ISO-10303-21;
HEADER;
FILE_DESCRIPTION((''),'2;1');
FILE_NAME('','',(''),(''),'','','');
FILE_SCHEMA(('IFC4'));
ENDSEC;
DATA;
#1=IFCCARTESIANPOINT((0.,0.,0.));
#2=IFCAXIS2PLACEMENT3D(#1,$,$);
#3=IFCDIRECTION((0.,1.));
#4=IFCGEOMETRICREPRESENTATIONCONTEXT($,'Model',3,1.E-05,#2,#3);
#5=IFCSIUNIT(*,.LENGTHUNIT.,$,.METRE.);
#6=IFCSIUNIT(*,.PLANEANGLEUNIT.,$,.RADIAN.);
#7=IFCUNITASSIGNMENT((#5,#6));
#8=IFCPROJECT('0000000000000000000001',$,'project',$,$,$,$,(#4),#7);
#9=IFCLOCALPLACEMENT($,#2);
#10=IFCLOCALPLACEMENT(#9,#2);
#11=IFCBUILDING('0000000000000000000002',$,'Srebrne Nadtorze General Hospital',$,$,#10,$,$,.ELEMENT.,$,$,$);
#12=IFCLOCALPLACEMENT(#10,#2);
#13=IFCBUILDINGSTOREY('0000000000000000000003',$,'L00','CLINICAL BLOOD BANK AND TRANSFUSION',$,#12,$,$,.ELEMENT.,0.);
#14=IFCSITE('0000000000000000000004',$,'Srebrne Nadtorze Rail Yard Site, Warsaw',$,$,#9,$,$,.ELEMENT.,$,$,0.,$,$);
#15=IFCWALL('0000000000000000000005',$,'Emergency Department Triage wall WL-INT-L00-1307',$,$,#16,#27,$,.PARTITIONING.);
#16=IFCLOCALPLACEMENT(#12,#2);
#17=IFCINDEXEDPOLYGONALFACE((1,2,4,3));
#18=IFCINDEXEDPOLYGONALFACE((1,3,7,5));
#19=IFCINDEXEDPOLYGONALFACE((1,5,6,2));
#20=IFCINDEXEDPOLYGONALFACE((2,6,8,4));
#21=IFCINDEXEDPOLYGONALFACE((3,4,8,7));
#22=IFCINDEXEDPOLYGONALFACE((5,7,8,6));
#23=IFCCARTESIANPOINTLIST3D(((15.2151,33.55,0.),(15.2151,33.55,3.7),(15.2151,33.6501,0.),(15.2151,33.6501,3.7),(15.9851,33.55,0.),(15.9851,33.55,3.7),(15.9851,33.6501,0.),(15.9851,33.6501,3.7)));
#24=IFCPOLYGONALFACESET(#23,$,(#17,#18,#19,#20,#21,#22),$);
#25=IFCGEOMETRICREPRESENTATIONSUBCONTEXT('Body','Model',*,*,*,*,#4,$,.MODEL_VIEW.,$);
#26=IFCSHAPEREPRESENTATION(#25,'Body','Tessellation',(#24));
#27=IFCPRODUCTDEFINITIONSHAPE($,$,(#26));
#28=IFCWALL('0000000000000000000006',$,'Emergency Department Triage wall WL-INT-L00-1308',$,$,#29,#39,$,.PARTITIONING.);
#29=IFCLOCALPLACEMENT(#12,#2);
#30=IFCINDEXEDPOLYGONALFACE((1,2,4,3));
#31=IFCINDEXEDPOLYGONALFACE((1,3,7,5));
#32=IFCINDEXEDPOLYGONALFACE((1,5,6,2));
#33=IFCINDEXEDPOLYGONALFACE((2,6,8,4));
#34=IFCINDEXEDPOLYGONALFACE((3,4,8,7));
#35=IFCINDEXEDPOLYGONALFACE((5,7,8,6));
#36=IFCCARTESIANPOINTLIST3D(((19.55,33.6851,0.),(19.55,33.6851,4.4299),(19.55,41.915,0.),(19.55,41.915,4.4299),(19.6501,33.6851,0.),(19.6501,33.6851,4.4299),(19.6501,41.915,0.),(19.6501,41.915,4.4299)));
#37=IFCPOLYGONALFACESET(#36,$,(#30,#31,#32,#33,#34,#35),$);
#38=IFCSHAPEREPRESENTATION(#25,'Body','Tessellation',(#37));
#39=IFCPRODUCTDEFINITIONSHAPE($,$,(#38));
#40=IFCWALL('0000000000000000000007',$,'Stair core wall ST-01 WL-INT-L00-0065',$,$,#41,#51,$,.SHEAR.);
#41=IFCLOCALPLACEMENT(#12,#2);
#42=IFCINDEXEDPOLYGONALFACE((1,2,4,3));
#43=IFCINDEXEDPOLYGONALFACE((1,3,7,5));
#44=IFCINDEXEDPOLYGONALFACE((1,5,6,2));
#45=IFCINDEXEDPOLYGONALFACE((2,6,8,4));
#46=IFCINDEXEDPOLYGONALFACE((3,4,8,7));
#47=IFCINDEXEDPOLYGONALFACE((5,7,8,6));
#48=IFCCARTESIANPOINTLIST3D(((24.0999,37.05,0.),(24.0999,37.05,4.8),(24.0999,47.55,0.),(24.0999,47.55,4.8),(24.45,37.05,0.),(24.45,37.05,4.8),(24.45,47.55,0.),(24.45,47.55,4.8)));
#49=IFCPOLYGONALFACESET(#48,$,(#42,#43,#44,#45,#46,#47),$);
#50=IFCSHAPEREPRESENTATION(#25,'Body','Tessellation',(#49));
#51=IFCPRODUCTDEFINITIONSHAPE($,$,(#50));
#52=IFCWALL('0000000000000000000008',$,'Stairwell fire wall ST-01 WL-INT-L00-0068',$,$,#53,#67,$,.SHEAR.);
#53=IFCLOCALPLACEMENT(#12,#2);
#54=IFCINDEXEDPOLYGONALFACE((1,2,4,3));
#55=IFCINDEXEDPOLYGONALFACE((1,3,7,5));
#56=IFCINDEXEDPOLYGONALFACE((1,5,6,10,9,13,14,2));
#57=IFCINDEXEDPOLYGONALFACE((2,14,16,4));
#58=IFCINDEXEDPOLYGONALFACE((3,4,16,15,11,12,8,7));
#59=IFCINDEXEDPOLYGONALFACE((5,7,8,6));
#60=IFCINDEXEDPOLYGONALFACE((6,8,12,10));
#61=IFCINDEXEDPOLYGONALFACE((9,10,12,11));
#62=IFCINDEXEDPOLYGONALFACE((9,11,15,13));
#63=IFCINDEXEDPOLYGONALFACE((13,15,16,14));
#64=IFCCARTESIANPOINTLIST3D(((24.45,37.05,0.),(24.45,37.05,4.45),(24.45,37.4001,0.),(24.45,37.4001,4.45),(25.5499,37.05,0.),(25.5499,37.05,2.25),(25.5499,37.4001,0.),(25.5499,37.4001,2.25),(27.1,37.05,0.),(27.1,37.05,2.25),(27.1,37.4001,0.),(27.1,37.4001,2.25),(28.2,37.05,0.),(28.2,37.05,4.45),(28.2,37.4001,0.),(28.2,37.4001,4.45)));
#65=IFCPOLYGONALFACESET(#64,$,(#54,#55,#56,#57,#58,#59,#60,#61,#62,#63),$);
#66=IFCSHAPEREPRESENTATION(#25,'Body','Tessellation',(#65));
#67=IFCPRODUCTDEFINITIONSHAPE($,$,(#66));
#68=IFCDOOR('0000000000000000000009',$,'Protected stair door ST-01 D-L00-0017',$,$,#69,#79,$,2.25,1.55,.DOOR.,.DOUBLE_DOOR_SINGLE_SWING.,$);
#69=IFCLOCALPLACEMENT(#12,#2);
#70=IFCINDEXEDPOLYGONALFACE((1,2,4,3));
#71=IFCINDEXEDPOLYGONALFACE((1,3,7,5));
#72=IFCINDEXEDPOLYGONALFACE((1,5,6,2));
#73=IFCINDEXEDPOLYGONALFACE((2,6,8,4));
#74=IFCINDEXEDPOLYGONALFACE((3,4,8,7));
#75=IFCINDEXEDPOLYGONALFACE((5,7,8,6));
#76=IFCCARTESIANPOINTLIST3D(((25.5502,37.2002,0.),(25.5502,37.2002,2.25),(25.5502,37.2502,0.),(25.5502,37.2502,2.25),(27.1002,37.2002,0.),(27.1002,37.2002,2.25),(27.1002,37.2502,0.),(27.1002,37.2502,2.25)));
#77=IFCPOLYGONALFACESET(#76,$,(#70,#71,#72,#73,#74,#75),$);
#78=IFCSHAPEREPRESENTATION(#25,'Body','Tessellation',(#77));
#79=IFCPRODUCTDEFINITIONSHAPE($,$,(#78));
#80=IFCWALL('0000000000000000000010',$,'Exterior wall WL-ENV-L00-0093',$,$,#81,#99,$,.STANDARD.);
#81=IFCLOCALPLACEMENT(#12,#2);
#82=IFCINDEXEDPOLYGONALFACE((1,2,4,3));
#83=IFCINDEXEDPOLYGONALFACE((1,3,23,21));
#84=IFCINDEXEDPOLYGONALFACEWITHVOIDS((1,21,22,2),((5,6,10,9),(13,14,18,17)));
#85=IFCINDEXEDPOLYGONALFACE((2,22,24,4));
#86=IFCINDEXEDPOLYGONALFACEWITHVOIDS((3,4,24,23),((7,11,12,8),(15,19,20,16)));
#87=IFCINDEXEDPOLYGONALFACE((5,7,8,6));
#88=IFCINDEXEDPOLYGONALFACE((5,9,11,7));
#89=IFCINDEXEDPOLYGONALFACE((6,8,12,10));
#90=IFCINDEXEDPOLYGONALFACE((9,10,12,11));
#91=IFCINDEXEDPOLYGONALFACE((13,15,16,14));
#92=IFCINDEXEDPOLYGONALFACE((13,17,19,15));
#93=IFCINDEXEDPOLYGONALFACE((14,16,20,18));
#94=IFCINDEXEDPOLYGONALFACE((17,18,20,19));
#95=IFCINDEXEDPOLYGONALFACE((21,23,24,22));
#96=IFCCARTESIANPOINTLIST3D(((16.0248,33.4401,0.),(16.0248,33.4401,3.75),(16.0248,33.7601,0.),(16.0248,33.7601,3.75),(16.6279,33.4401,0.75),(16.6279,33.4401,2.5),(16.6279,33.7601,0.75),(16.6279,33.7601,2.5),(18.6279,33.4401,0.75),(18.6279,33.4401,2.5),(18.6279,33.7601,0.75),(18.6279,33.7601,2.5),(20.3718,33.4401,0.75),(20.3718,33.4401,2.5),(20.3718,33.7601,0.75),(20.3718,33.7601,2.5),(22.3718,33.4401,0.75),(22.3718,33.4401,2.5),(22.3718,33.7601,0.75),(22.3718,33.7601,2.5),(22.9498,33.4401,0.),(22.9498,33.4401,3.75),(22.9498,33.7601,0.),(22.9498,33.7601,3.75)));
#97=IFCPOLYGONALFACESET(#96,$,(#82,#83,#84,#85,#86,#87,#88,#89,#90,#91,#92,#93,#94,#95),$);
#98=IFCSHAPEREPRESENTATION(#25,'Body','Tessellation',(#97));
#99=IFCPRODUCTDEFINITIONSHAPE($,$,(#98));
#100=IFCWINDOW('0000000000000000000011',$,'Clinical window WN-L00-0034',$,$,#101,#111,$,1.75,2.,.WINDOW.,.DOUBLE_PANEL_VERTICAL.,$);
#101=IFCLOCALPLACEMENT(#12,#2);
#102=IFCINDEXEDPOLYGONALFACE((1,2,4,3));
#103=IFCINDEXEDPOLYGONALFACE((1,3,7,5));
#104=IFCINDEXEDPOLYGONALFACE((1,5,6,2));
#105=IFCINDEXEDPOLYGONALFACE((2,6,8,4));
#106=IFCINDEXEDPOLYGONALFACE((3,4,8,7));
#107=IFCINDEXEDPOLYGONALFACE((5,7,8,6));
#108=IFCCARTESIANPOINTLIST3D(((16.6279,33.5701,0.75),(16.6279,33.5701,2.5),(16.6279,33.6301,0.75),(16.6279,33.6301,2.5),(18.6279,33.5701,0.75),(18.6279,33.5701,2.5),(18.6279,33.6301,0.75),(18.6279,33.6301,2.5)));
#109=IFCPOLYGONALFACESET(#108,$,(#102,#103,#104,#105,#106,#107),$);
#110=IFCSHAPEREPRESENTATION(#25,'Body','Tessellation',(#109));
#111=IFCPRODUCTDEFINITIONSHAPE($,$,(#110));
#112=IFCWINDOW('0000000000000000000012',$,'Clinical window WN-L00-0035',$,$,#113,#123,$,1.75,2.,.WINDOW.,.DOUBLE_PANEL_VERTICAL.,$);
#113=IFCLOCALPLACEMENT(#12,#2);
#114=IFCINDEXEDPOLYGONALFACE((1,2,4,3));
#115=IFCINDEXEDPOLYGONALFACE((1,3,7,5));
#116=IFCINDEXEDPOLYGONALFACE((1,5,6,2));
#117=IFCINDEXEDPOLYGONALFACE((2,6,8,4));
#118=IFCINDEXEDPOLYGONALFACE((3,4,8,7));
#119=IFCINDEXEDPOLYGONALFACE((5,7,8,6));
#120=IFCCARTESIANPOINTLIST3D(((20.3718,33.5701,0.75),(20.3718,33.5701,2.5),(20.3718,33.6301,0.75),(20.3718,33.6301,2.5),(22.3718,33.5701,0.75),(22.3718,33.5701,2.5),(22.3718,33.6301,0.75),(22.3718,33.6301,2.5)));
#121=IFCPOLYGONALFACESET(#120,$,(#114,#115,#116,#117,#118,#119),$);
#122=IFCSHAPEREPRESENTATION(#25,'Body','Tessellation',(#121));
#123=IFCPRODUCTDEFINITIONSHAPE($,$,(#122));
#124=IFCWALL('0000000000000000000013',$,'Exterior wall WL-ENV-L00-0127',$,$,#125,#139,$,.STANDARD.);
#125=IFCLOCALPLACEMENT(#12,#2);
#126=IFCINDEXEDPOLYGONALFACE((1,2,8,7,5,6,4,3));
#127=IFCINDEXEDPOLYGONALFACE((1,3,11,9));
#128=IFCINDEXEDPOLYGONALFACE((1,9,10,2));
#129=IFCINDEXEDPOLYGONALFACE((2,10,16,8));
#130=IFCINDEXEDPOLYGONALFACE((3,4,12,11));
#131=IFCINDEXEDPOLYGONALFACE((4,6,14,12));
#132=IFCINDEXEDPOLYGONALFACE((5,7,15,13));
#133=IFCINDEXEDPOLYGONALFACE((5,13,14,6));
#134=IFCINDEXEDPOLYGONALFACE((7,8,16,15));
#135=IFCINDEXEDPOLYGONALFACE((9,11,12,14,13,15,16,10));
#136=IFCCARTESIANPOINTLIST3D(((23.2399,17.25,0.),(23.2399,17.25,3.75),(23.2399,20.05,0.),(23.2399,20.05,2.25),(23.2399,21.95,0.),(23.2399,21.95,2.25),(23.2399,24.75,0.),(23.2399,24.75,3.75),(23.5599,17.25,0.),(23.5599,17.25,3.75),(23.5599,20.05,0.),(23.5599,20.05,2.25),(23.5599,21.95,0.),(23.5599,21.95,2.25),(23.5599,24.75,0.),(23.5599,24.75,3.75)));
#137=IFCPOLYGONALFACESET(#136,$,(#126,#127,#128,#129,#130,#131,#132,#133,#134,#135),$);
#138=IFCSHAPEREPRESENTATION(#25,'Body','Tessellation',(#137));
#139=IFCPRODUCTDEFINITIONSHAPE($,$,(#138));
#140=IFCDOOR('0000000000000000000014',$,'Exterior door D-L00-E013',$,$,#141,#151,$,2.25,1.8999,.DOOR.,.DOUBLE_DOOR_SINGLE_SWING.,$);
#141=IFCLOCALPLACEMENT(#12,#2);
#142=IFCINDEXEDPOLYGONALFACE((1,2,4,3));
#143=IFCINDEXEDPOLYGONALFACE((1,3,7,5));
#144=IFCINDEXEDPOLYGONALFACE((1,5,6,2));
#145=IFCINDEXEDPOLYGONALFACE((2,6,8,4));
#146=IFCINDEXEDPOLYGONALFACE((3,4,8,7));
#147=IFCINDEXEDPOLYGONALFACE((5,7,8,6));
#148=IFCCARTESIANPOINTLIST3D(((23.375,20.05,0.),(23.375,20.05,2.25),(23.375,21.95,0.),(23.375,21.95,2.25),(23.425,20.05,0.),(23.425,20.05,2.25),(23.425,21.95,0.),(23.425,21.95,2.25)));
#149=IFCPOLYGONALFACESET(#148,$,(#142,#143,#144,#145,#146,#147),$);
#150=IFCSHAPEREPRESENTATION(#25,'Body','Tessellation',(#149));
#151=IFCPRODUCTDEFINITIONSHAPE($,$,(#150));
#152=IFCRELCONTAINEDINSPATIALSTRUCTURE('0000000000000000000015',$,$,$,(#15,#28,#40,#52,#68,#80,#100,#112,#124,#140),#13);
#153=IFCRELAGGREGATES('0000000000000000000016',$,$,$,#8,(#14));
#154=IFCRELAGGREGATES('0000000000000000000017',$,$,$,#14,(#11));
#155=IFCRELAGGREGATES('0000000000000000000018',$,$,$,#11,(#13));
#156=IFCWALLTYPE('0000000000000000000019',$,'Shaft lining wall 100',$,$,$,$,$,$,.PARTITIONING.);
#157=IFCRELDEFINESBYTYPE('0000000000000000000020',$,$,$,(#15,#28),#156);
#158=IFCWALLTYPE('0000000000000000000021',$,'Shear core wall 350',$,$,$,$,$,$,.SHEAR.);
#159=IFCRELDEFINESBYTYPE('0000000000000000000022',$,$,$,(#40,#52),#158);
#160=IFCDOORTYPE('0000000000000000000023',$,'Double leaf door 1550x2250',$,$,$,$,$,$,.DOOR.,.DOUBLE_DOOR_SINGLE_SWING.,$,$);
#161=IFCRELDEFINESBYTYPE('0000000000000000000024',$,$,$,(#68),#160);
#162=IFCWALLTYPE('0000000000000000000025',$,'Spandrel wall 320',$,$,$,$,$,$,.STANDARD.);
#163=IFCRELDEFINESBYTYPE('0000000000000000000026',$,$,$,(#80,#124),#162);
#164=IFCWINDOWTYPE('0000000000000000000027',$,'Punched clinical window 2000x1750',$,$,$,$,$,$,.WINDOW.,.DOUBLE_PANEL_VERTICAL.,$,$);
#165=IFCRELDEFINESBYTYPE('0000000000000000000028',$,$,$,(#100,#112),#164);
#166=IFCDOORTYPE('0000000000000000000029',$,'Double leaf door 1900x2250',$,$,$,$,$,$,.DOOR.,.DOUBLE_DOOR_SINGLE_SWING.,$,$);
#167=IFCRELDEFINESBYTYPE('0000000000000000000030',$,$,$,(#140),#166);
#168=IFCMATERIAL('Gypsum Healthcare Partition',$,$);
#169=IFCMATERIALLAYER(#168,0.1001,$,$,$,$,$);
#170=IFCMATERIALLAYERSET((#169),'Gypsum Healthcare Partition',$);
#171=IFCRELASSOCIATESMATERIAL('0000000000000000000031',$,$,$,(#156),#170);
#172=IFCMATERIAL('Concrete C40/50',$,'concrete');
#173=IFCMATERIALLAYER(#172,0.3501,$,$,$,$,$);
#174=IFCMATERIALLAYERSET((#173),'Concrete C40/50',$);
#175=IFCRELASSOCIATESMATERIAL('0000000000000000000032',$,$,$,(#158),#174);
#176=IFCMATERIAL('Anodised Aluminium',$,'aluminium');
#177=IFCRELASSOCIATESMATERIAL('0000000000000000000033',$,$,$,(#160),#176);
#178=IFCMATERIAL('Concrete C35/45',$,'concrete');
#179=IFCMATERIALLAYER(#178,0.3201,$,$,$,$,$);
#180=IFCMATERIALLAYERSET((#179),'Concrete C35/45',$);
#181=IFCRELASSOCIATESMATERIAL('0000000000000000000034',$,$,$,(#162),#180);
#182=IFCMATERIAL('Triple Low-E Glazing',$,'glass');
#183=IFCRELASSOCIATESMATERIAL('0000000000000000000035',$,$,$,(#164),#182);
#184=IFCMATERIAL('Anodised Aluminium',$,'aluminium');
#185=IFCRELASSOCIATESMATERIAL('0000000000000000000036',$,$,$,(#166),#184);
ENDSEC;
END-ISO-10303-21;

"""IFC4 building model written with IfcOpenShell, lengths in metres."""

from ifc_helpers import new_model, si_unit, direction, frame, frame_2d, origin, place, context, subcontext, project, spatial, rectangle, extrude, material, layer, layer_set, type_object, element, fill, save


model = new_model("IFC4")

# Units and contexts
model_context = context("Model", 3, precision=1e-05, world=origin(), true_north=direction((0.0, 1.0)))
body_context = subcontext(model_context, "Body", "Model", "MODEL_VIEW")
ifc_project = project(units=[si_unit("LENGTHUNIT", "METRE"), si_unit("PLANEANGLEUNIT", "RADIAN")], contexts=[model_context])

# Site, building, storey
site_placement = place(None, origin())
site = spatial("IfcSite", under=ifc_project, at=site_placement, Name="Srebrne Nadtorze Rail Yard Site, Warsaw", CompositionType="ELEMENT", RefElevation=0.0)
building_placement = place(site_placement, origin())
building = spatial("IfcBuilding", under=site, at=building_placement, Name="Srebrne Nadtorze General Hospital", CompositionType="ELEMENT")
storey_placement = place(building_placement, origin())
storey = spatial("IfcBuildingStorey", under=building, at=storey_placement, Name="L00", Description="CLINICAL BLOOD BANK AND TRANSFUSION", CompositionType="ELEMENT", Elevation=0.0)

# Walls
ifc_material_1 = material(Name="Gypsum Healthcare Partition")
ifc_layer_1 = layer(ifc_material_1, 0.1001)
ifc_layer_set_1 = layer_set([ifc_layer_1], Name="Gypsum Healthcare Partition")
wall_type_1 = type_object("IfcWallType", Name="Shaft lining wall 100", PredefinedType="PARTITIONING", material=ifc_layer_set_1)
wall_1_placement = place(storey_placement, frame((15.2151, 33.6001, 0.0), z_axis=(0.0, 0.0, 1.0), x_axis=(1.0, 0.0, 0.0)))
element("IfcWall", 1, at=wall_1_placement, inside=storey, type_object=wall_type_1, Name="Emergency Department Triage wall WL-INT-L00-1307", PredefinedType="PARTITIONING", context=body_context, shape_type="SweptSolid", body=[
    extrude(rectangle(XDim=0.77, YDim=0.1001, at=frame_2d((0.385, 0.0))), origin(), (0.0, 0.0, 1.0), 3.7),
])
wall_2_placement = place(storey_placement, frame((19.6001, 33.6851, 0.0), z_axis=(0.0, 0.0, 1.0), x_axis=(0.0, 1.0, 0.0)))
element("IfcWall", 2, at=wall_2_placement, inside=storey, type_object=wall_type_1, Name="Emergency Department Triage wall WL-INT-L00-1308", PredefinedType="PARTITIONING", context=body_context, shape_type="SweptSolid", body=[
    extrude(rectangle(XDim=8.23, YDim=0.1001, at=frame_2d((4.115, 0.0))), origin(), (0.0, 0.0, 1.0), 4.4299),
])
ifc_material_2 = material(Name="Concrete C40/50", Category="concrete")
ifc_layer_2 = layer(ifc_material_2, 0.3501)
ifc_layer_set_2 = layer_set([ifc_layer_2], Name="Concrete C40/50")
wall_type_2 = type_object("IfcWallType", Name="Shear core wall 350", PredefinedType="SHEAR", material=ifc_layer_set_2)
wall_3_placement = place(storey_placement, frame((24.2749, 37.05, 0.0), z_axis=(0.0, 0.0, 1.0), x_axis=(0.0, 1.0, 0.0)))
element("IfcWall", 3, at=wall_3_placement, inside=storey, type_object=wall_type_2, Name="Stair core wall ST-01 WL-INT-L00-0065", PredefinedType="SHEAR", context=body_context, shape_type="SweptSolid", body=[
    extrude(rectangle(XDim=10.5, YDim=0.3501, at=frame_2d((5.25, 0.0))), origin(), (0.0, 0.0, 1.0), 4.8),
])

# Wall, opening, door
wall_4_placement = place(storey_placement, frame((24.45, 37.2251, 0.0), z_axis=(0.0, 0.0, 1.0), x_axis=(1.0, 0.0, 0.0)))
wall_4 = element("IfcWall", 4, at=wall_4_placement, inside=storey, type_object=wall_type_2, Name="Stairwell fire wall ST-01 WL-INT-L00-0068", PredefinedType="SHEAR", context=body_context, shape_type="SweptSolid", body=[
    extrude(rectangle(XDim=3.75, YDim=0.3501, at=frame_2d((1.875, 0.0))), origin(), (0.0, 0.0, 1.0), 4.45),
])
opening_1_placement = place(wall_4_placement, frame((1.1001, 0.0, 0.0)))
opening_1 = element("IfcOpeningElement", 5, at=opening_1_placement, cuts=wall_4, PredefinedType="OPENING", context=body_context, shape_type="SweptSolid", body=[
    extrude(rectangle(XDim=1.55, YDim=2.25, at=frame_2d((0.7749, 1.125))), frame((0.0, 0.187, 0.0), z_axis=(0.0, -1.0, 0.0), x_axis=(1.0, 0.0, 0.0)), (0.0, 0.0, 1.0), 0.374),
])
ifc_material_3 = material(Name="Anodised Aluminium", Category="aluminium")
door_type_1 = type_object("IfcDoorType", Name="Double leaf door 1550x2250", OperationType="DOUBLE_DOOR_SINGLE_SWING", PredefinedType="DOOR", material=ifc_material_3)
door_1_placement = place(opening_1_placement, frame((1.55, 0.0, 0.0), z_axis=(0.0, 0.0, 1.0), x_axis=(-1.0, 0.0, 0.0)))
door_1 = element("IfcDoor", 6, at=door_1_placement, inside=storey, type_object=door_type_1, Name="Protected stair door ST-01 D-L00-0017", OperationType="DOUBLE_DOOR_SINGLE_SWING", OverallHeight=2.25, OverallWidth=1.55, PredefinedType="DOOR", context=body_context, shape_type="SweptSolid", body=[
    extrude(rectangle(XDim=1.55, YDim=2.25, at=frame_2d((0.7749, 1.125))), frame((0.0, 0.0249, 0.0), z_axis=(0.0, -1.0, 0.0), x_axis=(1.0, 0.0, 0.0)), (0.0, 0.0, 1.0), 0.05),
])
fill(opening_1, door_1)

# Wall, openings, windows
ifc_material_4 = material(Name="Concrete C35/45", Category="concrete")
ifc_layer_3 = layer(ifc_material_4, 0.3201)
ifc_layer_set_3 = layer_set([ifc_layer_3], Name="Concrete C35/45")
wall_type_3 = type_object("IfcWallType", Name="Spandrel wall 320", PredefinedType="STANDARD", material=ifc_layer_set_3)
wall_5_placement = place(storey_placement, frame((16.0249, 33.6001, 0.0), z_axis=(0.0, 0.0, 1.0), x_axis=(1.0, 0.0, 0.0)))
wall_5 = element("IfcWall", 7, at=wall_5_placement, inside=storey, type_object=wall_type_3, Name="Exterior wall WL-ENV-L00-0093", PredefinedType="STANDARD", context=body_context, shape_type="SweptSolid", body=[
    extrude(rectangle(XDim=6.925, YDim=0.3201, at=frame_2d((3.4624, 0.0))), origin(), (0.0, 0.0, 1.0), 3.75),
])
opening_2_placement = place(wall_5_placement, frame((0.603, 0.0, 0.75)))
opening_2 = element("IfcOpeningElement", 8, at=opening_2_placement, cuts=wall_5, PredefinedType="OPENING", context=body_context, shape_type="SweptSolid", body=[
    extrude(rectangle(XDim=2.0, YDim=1.75, at=frame_2d((1.0, 0.875))), frame((0.0, 0.1719, 0.0), z_axis=(0.0, -1.0, 0.0), x_axis=(1.0, 0.0, 0.0)), (0.0, 0.0, 1.0), 0.344),
])
opening_3_placement = place(wall_5_placement, frame((4.3469, 0.0, 0.75)))
opening_3 = element("IfcOpeningElement", 9, at=opening_3_placement, cuts=wall_5, PredefinedType="OPENING", context=body_context, shape_type="SweptSolid", body=[
    extrude(rectangle(XDim=2.0, YDim=1.75, at=frame_2d((1.0, 0.875))), frame((0.0, 0.1719, 0.0), z_axis=(0.0, -1.0, 0.0), x_axis=(1.0, 0.0, 0.0)), (0.0, 0.0, 1.0), 0.344),
])
ifc_material_5 = material(Name="Triple Low-E Glazing", Category="glass")
window_type = type_object("IfcWindowType", Name="Punched clinical window 2000x1750", PartitioningType="DOUBLE_PANEL_VERTICAL", PredefinedType="WINDOW", material=ifc_material_5)
window_1_placement = place(opening_2_placement, origin())
window_1 = element("IfcWindow", 10, at=window_1_placement, inside=storey, type_object=window_type, Name="Clinical window WN-L00-0034", OverallHeight=1.75, OverallWidth=2.0, PartitioningType="DOUBLE_PANEL_VERTICAL", PredefinedType="WINDOW", context=body_context, shape_type="SweptSolid", body=[
    extrude(rectangle(XDim=2.0, YDim=1.75, at=frame_2d((1.0, 0.875))), frame((0.0, 0.03, 0.0), z_axis=(0.0, -1.0, 0.0), x_axis=(1.0, 0.0, 0.0)), (0.0, 0.0, 1.0), 0.0601),
])
fill(opening_2, window_1)
window_2_placement = place(opening_3_placement, origin())
window_2 = element("IfcWindow", 11, at=window_2_placement, inside=storey, type_object=window_type, Name="Clinical window WN-L00-0035", OverallHeight=1.75, OverallWidth=2.0, PartitioningType="DOUBLE_PANEL_VERTICAL", PredefinedType="WINDOW", context=body_context, shape_type="SweptSolid", body=[
    extrude(rectangle(XDim=2.0, YDim=1.75, at=frame_2d((1.0, 0.875))), frame((0.0, 0.03, 0.0), z_axis=(0.0, -1.0, 0.0), x_axis=(1.0, 0.0, 0.0)), (0.0, 0.0, 1.0), 0.0601),
])
fill(opening_3, window_2)

# Wall, opening, door
wall_6_placement = place(storey_placement, frame((23.3999, 17.25, 0.0), z_axis=(0.0, 0.0, 1.0), x_axis=(0.0, 1.0, 0.0)))
wall_6 = element("IfcWall", 12, at=wall_6_placement, inside=storey, type_object=wall_type_3, Name="Exterior wall WL-ENV-L00-0127", PredefinedType="STANDARD", context=body_context, shape_type="SweptSolid", body=[
    extrude(rectangle(XDim=7.5, YDim=0.3201, at=frame_2d((3.75, 0.0))), origin(), (0.0, 0.0, 1.0), 3.75),
])
opening_4_placement = place(wall_6_placement, frame((2.8, 0.0, 0.0)))
opening_4 = element("IfcOpeningElement", 13, at=opening_4_placement, cuts=wall_6, PredefinedType="OPENING", context=body_context, shape_type="SweptSolid", body=[
    extrude(rectangle(XDim=1.8999, YDim=2.25, at=frame_2d((0.95, 1.125))), frame((0.0, 0.1719, 0.0), z_axis=(0.0, -1.0, 0.0), x_axis=(1.0, 0.0, 0.0)), (0.0, 0.0, 1.0), 0.344),
])
ifc_material_6 = material(Name="Anodised Aluminium", Category="aluminium")
door_type_2 = type_object("IfcDoorType", Name="Double leaf door 1900x2250", OperationType="DOUBLE_DOOR_SINGLE_SWING", PredefinedType="DOOR", material=ifc_material_6)
door_2_placement = place(opening_4_placement, origin())
door_2 = element("IfcDoor", 14, at=door_2_placement, inside=storey, type_object=door_type_2, Name="Exterior door D-L00-E013", OperationType="DOUBLE_DOOR_SINGLE_SWING", OverallHeight=2.25, OverallWidth=1.8999, PredefinedType="DOOR", context=body_context, shape_type="SweptSolid", body=[
    extrude(rectangle(XDim=1.8999, YDim=2.25, at=frame_2d((0.95, 1.125))), frame((0.0, 0.0249, 0.0), z_axis=(0.0, -1.0, 0.0), x_axis=(1.0, 0.0, 0.0)), (0.0, 0.0, 1.0), 0.05),
])
fill(opening_4, door_2)

save(model, "model.ifc")
